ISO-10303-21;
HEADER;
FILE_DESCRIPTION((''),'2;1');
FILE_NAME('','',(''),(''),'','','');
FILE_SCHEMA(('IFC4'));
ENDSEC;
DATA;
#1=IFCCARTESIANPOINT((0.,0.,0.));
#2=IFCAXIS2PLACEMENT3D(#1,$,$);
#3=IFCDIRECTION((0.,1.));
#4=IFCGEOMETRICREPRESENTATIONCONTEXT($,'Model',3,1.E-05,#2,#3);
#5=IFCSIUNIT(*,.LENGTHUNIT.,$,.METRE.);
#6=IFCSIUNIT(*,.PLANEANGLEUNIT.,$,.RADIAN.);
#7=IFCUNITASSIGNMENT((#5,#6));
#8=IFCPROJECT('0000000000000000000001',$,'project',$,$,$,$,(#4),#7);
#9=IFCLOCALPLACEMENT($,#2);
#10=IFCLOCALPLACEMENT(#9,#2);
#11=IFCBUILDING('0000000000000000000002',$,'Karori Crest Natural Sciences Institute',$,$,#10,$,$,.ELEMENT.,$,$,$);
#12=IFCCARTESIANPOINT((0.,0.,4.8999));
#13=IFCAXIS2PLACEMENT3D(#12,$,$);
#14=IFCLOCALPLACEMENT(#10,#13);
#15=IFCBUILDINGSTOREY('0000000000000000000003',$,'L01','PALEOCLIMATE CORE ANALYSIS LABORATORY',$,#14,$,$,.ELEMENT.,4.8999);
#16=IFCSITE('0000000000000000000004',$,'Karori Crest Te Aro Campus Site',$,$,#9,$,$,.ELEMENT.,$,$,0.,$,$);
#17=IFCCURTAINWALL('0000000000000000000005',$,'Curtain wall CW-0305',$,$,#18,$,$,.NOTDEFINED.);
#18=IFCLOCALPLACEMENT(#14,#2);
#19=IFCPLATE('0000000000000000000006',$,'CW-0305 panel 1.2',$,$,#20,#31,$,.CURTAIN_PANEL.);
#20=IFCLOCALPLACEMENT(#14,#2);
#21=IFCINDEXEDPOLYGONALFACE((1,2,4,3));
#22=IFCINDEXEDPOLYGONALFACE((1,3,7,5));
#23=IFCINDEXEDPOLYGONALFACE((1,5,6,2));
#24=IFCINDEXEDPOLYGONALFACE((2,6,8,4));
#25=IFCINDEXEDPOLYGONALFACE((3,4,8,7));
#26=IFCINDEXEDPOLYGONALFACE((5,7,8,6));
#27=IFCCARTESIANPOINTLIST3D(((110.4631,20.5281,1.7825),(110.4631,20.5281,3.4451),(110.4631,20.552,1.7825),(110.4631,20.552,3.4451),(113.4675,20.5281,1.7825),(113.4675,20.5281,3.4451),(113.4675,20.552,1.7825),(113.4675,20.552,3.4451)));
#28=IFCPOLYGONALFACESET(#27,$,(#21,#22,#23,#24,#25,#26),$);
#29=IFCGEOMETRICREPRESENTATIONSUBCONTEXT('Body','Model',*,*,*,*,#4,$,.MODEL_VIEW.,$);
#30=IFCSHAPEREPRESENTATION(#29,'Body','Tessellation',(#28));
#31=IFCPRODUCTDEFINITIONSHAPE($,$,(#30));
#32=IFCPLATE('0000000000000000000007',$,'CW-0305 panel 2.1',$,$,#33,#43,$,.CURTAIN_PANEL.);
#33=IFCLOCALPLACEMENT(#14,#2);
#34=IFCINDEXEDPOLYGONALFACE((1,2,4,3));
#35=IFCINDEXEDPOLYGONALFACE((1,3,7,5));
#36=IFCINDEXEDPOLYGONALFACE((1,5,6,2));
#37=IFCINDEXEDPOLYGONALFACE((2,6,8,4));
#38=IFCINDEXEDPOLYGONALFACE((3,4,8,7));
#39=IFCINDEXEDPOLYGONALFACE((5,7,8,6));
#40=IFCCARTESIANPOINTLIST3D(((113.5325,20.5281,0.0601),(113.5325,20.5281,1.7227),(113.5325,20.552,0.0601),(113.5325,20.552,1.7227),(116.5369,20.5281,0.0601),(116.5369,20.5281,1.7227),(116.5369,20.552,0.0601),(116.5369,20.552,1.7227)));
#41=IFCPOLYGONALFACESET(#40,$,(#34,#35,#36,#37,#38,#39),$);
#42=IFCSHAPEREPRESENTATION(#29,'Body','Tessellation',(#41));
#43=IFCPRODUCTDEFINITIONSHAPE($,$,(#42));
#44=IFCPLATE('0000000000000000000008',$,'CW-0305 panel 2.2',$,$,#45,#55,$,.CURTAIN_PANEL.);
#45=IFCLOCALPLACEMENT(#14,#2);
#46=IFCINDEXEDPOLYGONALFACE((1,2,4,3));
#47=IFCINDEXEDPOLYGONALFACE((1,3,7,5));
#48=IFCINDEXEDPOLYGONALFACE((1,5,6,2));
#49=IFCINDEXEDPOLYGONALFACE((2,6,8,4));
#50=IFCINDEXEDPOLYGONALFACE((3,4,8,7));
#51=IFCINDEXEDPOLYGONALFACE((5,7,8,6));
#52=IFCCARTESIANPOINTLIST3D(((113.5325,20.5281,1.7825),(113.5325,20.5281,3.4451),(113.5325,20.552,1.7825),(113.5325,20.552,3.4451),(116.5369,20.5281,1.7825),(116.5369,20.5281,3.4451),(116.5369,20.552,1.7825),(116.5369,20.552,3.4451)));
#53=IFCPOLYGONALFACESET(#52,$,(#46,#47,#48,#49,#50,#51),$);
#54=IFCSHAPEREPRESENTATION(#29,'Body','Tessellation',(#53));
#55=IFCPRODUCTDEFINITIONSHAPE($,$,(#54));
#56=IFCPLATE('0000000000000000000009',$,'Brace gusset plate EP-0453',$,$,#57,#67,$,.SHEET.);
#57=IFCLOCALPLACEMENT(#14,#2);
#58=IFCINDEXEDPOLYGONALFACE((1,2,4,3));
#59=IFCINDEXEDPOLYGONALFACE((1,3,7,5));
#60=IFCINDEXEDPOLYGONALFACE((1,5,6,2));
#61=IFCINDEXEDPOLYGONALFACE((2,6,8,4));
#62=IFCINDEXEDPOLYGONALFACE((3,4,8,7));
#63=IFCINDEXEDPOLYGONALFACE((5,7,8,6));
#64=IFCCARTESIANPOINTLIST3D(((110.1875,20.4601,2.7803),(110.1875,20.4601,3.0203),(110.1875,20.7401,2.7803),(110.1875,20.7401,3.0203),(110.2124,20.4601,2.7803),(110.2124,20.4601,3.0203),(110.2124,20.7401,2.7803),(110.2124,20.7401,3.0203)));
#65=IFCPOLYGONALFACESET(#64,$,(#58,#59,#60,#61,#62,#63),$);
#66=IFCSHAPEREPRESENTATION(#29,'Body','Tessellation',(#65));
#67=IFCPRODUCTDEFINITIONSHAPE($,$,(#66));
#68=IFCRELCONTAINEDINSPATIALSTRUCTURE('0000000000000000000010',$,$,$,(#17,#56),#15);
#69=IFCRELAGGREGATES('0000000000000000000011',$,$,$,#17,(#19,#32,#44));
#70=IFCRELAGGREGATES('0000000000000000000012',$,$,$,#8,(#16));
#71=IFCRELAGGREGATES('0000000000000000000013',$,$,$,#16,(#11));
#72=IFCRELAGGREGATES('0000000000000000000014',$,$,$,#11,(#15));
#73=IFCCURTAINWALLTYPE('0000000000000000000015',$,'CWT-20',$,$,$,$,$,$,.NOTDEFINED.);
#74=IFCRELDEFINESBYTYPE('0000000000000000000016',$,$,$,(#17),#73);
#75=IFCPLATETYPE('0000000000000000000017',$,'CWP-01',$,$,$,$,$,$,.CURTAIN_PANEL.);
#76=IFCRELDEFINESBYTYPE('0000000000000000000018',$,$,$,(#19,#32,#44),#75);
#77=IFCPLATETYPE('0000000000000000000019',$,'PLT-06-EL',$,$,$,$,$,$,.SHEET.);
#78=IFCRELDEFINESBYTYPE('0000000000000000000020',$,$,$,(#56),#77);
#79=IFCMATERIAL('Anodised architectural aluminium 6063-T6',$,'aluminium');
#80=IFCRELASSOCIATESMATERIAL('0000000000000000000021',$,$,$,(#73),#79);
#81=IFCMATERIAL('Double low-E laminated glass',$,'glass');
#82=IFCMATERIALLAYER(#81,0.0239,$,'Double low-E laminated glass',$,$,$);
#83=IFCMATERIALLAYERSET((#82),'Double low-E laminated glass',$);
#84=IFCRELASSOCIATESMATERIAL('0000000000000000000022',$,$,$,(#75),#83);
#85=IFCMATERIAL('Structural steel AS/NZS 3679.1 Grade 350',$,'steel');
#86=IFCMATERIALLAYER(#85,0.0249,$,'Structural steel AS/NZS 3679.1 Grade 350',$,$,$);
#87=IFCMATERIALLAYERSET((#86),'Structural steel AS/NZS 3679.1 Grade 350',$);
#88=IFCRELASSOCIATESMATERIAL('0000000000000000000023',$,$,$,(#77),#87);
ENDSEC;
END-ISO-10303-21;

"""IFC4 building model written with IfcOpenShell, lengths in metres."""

from ifc_helpers import new_model, si_unit, direction, frame, origin, origin_2d, place, context, subcontext, project, spatial, rectangle, extrude, material, layer, layer_set, type_object, element, aggregate, save


model = new_model("IFC4")

# Units and contexts
model_context = context("Model", 3, precision=1e-05, world=origin(), true_north=direction((0.0, 1.0)))
body_context = subcontext(model_context, "Body", "Model", "MODEL_VIEW")
ifc_project = project(units=[si_unit("LENGTHUNIT", "METRE"), si_unit("PLANEANGLEUNIT", "RADIAN")], contexts=[model_context])

# Site, building, storey
site_placement = place(None, origin())
site = spatial("IfcSite", under=ifc_project, at=site_placement, Name="Karori Crest Te Aro Campus Site", CompositionType="ELEMENT", RefElevation=0.0)
building_placement = place(site_placement, origin())
building = spatial("IfcBuilding", under=site, at=building_placement, Name="Karori Crest Natural Sciences Institute", CompositionType="ELEMENT")
storey_placement = place(building_placement, frame((0.0, 0.0, 4.8999)))
storey = spatial("IfcBuildingStorey", under=building, at=storey_placement, Name="L01", Description="PALEOCLIMATE CORE ANALYSIS LABORATORY", CompositionType="ELEMENT", Elevation=4.8999)

# Shared definitions
ifc_material_1 = material(Name="Structural steel AS/NZS 3679.1 Grade 350", Category="steel")

# Curtain wall
ifc_material_2 = material(Name="Anodised architectural aluminium 6063-T6", Category="aluminium")
curtain_wall_type = type_object("IfcCurtainWallType", Name="CWT-20", PredefinedType="NOTDEFINED", material=ifc_material_2)
curtain_wall_1_placement = place(storey_placement, origin())
curtain_wall_1 = element("IfcCurtainWall", 1, at=curtain_wall_1_placement, inside=storey, type_object=curtain_wall_type, Name="Curtain wall CW-0305", PredefinedType="NOTDEFINED")

# Plates
ifc_material_3 = material(Name="Double low-E laminated glass", Category="glass")
ifc_layer_1 = layer(ifc_material_3, 0.0239, Name="Double low-E laminated glass")
ifc_layer_set_1 = layer_set([ifc_layer_1], Name="Double low-E laminated glass")
plate_type_1 = type_object("IfcPlateType", Name="CWP-01", PredefinedType="CURTAIN_PANEL", material=ifc_layer_set_1)
plate_1_placement = place(storey_placement, frame((111.9653, 20.54, 1.7825), z_axis=(0.0, 0.0, 1.0), x_axis=(1.0, 0.0, 0.0)))
plate_1 = element("IfcPlate", 2, at=plate_1_placement, type_object=plate_type_1, Name="CW-0305 panel 1.2", PredefinedType="CURTAIN_PANEL", context=body_context, shape_type="SweptSolid", body=[
    extrude(rectangle(XDim=3.0044, YDim=0.0239, at=origin_2d()), origin(), (0.0, 0.0, 1.0), 1.6626),
])
plate_2_placement = place(storey_placement, frame((115.0347, 20.54, 0.0601), z_axis=(0.0, 0.0, 1.0), x_axis=(1.0, 0.0, 0.0)))
plate_2 = element("IfcPlate", 3, at=plate_2_placement, type_object=plate_type_1, Name="CW-0305 panel 2.1", PredefinedType="CURTAIN_PANEL", context=body_context, shape_type="SweptSolid", body=[
    extrude(rectangle(XDim=3.0044, YDim=0.0239, at=origin_2d()), origin(), (0.0, 0.0, 1.0), 1.6626),
])
plate_3_placement = place(storey_placement, frame((115.0347, 20.54, 1.7825), z_axis=(0.0, 0.0, 1.0), x_axis=(1.0, 0.0, 0.0)))
plate_3 = element("IfcPlate", 4, at=plate_3_placement, type_object=plate_type_1, Name="CW-0305 panel 2.2", PredefinedType="CURTAIN_PANEL", context=body_context, shape_type="SweptSolid", body=[
    extrude(rectangle(XDim=3.0044, YDim=0.0239, at=origin_2d()), origin(), (0.0, 0.0, 1.0), 1.6626),
])
aggregate(curtain_wall_1, [plate_1, plate_2, plate_3])
ifc_layer_2 = layer(ifc_material_1, 0.0249, Name="Structural steel AS/NZS 3679.1 Grade 350")
ifc_layer_set_2 = layer_set([ifc_layer_2], Name="Structural steel AS/NZS 3679.1 Grade 350")
plate_type_2 = type_object("IfcPlateType", Name="PLT-06-EL", PredefinedType="SHEET", material=ifc_layer_set_2)
plate_4_placement = place(storey_placement, frame((110.2, 20.6001, 2.7803), z_axis=(0.0, 0.0, 1.0), x_axis=(0.0, 1.0, 0.0)))
element("IfcPlate", 5, at=plate_4_placement, inside=storey, type_object=plate_type_2, Name="Brace gusset plate EP-0453", PredefinedType="SHEET", context=body_context, shape_type="SweptSolid", body=[
    extrude(rectangle(XDim=0.28, YDim=0.0249, at=origin_2d()), origin(), (0.0, 0.0, 1.0), 0.24),
])

save(model, "model.ifc")
